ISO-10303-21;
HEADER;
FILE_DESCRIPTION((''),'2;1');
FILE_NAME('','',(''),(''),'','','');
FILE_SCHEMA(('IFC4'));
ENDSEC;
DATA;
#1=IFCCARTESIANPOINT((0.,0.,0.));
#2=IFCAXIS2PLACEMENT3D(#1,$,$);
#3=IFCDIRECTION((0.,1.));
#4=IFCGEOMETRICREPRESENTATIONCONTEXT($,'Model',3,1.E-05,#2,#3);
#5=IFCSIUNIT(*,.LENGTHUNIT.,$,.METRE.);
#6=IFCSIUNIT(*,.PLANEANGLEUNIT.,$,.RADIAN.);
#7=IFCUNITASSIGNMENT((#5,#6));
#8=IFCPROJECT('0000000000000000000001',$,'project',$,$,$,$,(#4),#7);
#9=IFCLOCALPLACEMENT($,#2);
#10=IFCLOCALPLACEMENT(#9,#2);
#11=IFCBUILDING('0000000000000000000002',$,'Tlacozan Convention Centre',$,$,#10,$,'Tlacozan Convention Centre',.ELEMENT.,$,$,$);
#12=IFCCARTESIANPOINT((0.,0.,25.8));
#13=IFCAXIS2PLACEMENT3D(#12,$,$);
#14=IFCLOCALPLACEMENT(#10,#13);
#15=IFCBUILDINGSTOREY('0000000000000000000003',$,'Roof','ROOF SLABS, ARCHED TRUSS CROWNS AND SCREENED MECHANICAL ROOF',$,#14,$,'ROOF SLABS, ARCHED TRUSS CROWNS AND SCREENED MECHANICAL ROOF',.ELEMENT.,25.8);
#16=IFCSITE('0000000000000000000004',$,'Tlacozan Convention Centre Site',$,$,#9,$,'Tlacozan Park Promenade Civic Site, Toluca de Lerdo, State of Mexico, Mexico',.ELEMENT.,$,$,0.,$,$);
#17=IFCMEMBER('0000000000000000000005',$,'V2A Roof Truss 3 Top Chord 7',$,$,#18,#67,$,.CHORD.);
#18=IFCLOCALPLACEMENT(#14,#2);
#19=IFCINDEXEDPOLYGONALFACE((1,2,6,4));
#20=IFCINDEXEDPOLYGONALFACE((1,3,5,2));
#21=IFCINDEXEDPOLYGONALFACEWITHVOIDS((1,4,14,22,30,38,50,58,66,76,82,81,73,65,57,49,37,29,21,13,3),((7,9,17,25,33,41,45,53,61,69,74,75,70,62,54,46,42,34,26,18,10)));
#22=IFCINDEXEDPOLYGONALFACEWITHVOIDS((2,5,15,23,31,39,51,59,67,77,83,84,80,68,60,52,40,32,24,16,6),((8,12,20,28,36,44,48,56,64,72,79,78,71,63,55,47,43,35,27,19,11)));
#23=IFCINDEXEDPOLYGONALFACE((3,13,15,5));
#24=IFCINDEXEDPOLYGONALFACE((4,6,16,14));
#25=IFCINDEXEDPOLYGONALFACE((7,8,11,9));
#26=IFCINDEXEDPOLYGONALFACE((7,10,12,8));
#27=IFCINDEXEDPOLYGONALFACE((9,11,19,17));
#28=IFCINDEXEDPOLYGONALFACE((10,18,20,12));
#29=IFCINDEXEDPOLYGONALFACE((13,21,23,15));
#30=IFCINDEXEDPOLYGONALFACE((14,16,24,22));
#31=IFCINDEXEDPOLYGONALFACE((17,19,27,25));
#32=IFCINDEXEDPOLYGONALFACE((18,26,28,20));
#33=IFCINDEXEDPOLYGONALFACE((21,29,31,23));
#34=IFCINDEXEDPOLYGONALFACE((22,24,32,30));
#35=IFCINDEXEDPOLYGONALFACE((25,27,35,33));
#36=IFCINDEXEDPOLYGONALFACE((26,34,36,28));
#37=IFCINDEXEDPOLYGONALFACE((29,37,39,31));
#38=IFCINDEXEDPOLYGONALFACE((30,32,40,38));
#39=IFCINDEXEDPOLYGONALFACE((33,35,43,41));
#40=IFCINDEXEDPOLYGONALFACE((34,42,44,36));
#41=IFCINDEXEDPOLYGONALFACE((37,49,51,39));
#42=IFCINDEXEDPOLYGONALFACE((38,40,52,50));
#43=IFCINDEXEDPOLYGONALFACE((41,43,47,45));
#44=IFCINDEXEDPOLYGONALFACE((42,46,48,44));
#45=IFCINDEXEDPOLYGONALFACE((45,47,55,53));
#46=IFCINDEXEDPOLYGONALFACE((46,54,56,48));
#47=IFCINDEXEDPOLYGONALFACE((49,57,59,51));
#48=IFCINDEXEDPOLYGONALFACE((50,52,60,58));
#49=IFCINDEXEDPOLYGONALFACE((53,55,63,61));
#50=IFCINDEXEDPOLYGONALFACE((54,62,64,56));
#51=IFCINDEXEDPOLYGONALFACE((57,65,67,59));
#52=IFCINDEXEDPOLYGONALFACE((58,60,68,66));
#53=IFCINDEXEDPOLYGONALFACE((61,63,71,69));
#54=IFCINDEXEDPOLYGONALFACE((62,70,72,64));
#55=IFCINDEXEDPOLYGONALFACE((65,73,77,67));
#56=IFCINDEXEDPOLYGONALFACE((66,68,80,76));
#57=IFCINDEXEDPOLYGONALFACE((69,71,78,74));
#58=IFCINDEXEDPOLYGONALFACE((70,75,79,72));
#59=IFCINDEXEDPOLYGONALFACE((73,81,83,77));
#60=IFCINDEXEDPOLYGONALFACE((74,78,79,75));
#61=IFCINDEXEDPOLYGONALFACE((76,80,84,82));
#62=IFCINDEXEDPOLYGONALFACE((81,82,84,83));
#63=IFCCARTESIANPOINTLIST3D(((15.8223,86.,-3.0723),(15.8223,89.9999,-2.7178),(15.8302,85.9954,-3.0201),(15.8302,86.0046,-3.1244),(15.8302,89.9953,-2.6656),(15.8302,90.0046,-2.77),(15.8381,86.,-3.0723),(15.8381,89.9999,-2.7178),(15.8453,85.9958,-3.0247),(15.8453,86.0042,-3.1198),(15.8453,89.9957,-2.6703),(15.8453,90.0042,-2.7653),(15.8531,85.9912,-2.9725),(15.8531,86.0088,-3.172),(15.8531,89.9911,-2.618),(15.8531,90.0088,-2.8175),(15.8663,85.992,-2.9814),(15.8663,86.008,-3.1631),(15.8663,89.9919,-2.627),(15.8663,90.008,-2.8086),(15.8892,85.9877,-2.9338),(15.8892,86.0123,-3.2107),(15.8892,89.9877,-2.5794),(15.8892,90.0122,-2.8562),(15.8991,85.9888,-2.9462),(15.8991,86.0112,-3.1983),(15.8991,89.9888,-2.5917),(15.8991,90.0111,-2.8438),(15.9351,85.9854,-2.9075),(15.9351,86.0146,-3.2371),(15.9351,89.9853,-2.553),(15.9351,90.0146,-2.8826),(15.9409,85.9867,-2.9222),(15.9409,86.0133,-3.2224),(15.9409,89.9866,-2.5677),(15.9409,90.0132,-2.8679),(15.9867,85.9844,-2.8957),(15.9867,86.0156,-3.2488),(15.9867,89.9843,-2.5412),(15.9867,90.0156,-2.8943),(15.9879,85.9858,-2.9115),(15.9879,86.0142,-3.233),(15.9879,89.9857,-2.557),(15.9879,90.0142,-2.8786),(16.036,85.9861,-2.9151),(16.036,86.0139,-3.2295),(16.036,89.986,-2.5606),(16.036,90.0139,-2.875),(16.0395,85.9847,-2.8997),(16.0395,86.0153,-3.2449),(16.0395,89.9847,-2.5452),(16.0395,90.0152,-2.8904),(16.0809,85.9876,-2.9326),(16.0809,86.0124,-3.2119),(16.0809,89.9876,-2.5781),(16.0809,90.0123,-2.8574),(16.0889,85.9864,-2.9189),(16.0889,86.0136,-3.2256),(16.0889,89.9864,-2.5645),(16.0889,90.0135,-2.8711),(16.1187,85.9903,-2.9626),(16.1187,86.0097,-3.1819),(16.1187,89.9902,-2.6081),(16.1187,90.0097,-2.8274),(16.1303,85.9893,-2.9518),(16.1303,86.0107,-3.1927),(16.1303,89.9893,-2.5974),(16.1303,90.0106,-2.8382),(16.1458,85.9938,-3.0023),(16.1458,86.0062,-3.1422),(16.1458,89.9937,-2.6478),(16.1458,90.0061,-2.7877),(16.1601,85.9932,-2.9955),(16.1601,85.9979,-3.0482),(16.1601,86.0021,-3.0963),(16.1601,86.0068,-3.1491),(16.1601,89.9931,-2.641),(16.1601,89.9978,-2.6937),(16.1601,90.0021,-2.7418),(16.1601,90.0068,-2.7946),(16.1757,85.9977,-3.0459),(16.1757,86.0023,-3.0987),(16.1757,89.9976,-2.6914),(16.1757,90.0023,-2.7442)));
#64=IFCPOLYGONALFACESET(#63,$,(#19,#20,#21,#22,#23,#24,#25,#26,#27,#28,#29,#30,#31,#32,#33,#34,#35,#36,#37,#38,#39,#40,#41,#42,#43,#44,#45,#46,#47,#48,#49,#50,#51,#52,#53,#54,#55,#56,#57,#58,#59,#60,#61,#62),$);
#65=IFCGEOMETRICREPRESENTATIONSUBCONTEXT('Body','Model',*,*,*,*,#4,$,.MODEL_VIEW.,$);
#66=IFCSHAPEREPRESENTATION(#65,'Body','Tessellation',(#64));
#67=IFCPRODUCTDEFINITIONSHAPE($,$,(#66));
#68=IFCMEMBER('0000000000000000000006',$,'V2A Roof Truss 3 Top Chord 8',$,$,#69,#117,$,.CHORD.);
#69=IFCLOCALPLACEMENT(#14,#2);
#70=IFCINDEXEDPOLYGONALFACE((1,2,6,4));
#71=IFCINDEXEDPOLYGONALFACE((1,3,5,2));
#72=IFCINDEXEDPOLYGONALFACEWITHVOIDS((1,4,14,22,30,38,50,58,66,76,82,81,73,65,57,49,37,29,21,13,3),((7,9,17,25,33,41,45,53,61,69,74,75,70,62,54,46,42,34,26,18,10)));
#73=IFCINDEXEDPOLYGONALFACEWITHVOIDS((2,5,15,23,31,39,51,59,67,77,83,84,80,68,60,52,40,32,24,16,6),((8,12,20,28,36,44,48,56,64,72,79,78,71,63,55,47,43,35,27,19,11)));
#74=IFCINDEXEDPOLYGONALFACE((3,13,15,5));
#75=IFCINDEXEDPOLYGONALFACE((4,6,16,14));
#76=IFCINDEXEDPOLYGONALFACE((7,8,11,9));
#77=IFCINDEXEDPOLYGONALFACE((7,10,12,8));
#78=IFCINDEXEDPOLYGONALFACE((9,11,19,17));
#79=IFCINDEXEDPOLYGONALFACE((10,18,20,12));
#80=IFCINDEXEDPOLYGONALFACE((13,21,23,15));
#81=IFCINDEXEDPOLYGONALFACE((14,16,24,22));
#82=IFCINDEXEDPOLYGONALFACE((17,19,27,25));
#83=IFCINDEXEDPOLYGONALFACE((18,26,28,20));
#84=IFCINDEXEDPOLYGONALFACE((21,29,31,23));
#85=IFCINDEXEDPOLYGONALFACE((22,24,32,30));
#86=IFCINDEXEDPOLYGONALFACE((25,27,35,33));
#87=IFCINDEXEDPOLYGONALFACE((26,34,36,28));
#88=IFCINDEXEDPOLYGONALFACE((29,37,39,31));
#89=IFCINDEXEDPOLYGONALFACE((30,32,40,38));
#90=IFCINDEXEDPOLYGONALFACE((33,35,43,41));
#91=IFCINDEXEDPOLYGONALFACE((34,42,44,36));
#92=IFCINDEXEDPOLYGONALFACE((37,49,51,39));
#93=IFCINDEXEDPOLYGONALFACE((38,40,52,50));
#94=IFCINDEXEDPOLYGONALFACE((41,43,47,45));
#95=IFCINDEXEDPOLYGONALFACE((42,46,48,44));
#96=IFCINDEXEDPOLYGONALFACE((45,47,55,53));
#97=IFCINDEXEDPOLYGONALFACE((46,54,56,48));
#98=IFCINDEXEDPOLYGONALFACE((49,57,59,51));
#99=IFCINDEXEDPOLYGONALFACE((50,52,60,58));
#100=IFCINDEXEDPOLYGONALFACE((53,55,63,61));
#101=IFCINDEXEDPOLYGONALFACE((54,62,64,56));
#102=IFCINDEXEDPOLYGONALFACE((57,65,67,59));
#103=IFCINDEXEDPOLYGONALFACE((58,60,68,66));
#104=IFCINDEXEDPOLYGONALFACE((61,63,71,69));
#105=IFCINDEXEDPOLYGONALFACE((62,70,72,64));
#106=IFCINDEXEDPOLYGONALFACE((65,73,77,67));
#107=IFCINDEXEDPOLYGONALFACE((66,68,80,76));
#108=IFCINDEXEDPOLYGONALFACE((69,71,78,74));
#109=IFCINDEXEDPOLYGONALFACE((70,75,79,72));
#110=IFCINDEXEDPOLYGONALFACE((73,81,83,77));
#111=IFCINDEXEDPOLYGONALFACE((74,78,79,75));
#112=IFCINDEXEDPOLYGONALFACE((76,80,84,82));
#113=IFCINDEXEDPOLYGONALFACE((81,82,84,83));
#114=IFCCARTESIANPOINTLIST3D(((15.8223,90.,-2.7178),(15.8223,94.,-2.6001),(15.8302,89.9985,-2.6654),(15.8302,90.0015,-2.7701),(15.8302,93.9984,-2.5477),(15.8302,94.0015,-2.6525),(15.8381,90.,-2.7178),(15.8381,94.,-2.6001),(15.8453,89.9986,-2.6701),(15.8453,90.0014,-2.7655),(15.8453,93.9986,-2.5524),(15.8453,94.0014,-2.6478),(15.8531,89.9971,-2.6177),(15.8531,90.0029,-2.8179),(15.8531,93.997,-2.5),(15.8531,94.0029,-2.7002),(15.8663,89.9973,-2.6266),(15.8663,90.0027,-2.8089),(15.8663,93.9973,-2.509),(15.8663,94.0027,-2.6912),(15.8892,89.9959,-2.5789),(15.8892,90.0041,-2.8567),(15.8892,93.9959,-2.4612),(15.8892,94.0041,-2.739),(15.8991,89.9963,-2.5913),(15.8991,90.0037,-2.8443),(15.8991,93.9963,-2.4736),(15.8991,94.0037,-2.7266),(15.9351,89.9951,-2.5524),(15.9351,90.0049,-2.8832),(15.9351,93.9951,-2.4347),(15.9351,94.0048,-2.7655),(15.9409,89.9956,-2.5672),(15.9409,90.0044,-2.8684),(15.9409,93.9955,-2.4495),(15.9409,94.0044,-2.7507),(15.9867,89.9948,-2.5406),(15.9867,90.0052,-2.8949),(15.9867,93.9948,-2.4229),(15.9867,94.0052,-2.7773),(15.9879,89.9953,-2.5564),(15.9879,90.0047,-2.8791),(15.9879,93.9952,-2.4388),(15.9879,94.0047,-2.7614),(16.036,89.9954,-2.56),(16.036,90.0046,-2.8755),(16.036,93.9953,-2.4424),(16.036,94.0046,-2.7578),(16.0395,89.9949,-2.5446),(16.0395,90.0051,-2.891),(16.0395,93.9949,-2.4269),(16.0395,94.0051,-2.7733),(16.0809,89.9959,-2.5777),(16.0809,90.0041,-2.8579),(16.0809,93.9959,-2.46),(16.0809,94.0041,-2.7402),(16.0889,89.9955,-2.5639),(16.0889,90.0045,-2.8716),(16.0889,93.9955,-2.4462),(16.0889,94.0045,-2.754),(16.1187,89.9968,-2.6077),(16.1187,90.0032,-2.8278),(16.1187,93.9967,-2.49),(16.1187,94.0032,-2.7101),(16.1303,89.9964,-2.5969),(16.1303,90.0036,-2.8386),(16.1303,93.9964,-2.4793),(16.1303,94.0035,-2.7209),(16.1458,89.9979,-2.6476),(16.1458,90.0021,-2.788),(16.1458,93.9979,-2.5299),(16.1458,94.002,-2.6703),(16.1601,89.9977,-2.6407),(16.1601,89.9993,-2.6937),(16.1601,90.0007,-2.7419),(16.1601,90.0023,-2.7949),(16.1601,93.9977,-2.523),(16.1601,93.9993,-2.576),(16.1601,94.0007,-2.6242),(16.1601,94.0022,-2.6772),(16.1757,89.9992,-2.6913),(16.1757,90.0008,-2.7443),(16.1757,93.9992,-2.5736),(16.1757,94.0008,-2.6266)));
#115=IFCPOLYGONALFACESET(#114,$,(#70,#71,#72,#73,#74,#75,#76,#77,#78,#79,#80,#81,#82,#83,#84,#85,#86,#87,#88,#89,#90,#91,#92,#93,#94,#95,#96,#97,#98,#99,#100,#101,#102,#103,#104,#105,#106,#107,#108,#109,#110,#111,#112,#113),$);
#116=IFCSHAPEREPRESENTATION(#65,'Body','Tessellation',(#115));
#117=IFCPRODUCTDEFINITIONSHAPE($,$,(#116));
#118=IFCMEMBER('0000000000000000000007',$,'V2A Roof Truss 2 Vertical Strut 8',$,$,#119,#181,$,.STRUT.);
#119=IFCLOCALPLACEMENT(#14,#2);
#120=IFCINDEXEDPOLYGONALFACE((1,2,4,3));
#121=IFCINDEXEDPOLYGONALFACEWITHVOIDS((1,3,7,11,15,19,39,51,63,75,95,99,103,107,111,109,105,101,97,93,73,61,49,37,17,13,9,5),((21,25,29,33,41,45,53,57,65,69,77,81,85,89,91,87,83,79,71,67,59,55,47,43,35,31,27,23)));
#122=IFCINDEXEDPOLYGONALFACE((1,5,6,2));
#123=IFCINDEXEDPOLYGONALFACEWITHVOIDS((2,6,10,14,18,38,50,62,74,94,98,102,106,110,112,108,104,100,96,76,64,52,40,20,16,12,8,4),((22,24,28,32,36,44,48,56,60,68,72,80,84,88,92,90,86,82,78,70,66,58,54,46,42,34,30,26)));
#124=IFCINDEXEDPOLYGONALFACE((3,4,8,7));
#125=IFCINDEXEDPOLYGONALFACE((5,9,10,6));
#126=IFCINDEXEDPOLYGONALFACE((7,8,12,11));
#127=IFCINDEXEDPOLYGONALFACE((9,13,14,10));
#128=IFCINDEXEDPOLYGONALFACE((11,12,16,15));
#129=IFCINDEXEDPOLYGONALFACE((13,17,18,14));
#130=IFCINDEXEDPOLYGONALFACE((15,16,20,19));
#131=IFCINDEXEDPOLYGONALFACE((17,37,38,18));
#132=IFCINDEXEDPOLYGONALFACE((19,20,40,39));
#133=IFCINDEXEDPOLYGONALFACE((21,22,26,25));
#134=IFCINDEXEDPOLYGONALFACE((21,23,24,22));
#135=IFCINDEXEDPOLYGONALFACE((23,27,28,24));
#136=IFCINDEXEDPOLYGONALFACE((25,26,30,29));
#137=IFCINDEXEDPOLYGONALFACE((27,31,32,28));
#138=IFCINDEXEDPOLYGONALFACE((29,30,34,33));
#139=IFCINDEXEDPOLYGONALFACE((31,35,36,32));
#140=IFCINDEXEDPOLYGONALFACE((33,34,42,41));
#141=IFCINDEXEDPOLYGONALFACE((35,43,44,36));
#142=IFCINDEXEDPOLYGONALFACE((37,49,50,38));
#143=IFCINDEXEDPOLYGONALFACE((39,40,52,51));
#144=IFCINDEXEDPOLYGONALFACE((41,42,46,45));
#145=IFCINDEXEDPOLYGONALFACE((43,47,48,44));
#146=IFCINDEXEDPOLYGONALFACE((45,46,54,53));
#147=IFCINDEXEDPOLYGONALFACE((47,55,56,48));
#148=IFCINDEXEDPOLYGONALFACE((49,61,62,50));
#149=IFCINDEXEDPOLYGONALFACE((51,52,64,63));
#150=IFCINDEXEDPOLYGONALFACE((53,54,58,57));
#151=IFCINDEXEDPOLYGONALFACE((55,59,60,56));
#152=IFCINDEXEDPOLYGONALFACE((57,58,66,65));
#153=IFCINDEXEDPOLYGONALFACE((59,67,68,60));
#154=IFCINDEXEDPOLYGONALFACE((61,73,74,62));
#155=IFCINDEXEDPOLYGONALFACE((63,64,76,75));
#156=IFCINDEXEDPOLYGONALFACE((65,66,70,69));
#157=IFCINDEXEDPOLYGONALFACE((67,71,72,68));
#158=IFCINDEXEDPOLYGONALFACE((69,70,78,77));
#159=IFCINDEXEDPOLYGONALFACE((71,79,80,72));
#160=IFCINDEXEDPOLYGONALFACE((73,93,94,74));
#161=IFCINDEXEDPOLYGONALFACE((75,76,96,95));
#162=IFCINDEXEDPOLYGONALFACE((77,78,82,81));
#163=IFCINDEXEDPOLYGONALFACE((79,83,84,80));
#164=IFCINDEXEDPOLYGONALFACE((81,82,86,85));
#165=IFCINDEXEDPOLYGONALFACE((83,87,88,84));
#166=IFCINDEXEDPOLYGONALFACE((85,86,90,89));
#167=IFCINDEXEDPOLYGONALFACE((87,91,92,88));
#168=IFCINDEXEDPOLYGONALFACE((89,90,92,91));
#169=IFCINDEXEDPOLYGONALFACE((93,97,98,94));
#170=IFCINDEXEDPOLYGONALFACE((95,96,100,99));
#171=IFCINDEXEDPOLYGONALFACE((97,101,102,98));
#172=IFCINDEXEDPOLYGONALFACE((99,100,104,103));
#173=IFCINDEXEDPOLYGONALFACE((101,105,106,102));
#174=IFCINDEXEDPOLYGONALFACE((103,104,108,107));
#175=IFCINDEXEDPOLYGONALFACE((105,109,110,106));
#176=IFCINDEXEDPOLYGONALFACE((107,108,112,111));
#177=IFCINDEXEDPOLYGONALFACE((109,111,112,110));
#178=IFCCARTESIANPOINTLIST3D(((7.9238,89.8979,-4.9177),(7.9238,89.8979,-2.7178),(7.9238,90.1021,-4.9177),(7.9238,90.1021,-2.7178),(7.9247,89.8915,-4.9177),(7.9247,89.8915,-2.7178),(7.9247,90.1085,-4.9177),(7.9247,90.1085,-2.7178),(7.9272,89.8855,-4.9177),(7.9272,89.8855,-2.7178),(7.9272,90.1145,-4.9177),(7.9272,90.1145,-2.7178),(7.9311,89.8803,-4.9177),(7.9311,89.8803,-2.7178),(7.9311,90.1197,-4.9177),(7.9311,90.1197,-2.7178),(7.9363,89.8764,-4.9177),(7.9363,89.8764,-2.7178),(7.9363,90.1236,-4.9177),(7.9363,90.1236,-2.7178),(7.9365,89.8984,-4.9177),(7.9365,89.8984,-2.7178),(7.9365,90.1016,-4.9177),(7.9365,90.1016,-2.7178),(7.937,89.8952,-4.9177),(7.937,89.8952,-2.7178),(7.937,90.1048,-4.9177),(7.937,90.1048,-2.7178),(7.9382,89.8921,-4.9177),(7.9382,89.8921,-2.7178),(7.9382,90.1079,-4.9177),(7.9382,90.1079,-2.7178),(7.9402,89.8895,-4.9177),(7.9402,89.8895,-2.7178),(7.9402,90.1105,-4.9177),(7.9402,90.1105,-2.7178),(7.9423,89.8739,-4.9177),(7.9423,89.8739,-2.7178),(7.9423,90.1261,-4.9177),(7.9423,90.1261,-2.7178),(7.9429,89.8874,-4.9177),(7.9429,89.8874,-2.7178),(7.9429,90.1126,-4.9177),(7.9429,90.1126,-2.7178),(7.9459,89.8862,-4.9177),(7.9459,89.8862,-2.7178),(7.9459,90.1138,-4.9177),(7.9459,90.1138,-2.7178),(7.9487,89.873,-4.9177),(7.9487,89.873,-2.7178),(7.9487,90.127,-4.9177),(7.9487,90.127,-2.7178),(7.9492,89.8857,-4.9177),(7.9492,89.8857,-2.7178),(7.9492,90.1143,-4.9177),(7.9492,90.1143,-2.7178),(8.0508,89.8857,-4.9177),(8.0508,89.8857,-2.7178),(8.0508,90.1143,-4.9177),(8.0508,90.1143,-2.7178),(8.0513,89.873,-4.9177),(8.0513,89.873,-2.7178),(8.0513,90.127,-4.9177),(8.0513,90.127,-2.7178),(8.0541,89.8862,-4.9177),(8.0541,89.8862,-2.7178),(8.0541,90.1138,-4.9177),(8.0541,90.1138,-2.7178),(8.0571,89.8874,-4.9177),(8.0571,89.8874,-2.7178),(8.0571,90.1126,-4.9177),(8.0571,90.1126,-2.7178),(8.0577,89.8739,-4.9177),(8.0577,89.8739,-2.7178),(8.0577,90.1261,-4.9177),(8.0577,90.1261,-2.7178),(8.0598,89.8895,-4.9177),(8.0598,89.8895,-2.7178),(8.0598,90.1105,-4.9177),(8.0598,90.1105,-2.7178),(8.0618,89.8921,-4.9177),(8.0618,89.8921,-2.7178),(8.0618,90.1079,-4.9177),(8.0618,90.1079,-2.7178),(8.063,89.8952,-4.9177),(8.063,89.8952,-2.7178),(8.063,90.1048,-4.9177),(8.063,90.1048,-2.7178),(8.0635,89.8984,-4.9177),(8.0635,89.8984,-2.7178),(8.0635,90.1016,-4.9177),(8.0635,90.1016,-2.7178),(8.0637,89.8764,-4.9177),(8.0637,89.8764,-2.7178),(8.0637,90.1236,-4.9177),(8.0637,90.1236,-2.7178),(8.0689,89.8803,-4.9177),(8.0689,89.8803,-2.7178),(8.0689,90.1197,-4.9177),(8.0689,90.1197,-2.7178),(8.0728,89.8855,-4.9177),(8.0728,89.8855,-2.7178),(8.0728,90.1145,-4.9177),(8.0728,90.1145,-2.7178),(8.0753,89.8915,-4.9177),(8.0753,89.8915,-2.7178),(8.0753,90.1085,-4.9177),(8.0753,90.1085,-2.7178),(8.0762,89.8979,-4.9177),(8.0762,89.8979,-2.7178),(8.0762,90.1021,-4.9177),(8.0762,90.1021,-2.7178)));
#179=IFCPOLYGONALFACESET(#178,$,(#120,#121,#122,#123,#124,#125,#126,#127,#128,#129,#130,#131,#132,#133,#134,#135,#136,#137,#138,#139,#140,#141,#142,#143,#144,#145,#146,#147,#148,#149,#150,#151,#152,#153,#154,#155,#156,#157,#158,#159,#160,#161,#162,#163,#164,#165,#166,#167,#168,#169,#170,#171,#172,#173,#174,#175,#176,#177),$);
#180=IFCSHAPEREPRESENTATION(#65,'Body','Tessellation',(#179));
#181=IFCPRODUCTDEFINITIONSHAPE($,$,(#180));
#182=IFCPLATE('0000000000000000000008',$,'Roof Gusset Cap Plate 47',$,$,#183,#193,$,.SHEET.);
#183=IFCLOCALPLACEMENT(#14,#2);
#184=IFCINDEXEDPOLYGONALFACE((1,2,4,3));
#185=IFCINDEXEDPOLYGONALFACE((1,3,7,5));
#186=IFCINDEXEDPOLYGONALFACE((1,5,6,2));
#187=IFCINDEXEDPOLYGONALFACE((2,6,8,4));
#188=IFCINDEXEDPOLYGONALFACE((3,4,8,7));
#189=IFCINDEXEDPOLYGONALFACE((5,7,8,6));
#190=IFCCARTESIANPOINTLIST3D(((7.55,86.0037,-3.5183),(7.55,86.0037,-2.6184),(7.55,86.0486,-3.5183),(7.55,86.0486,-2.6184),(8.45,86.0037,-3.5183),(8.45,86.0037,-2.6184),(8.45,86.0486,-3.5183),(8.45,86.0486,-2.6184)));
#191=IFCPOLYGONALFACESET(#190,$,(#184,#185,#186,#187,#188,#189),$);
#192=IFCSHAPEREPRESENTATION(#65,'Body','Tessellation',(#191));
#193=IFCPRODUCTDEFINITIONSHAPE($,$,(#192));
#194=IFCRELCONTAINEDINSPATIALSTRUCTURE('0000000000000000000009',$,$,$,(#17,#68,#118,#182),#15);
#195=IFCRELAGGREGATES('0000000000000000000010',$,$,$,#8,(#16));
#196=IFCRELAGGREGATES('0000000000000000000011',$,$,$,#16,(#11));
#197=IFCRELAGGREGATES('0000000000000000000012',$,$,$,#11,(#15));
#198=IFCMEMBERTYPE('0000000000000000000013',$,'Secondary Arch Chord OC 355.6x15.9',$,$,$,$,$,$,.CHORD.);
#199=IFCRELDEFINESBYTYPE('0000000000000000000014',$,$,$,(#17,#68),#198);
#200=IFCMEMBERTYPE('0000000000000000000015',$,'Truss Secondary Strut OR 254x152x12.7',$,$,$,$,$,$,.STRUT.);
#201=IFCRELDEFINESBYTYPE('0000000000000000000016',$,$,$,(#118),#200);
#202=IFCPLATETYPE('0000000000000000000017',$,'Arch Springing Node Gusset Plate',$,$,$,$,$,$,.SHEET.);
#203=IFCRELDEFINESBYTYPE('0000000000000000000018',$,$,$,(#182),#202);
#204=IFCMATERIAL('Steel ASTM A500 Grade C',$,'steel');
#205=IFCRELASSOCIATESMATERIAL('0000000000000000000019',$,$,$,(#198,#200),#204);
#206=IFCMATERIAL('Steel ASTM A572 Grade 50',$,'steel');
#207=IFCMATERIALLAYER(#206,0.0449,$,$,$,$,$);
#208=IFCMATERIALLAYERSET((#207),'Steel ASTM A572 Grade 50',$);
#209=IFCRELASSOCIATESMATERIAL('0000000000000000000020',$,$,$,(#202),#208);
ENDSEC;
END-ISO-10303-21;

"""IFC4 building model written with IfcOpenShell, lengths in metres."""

from ifc_helpers import new_model, si_unit, direction, frame, origin, origin_2d, place, context, subcontext, project, spatial, rectangle, hollow_rectangle, hollow_circle, extrude, material, layer, layer_set, material_profile, profile_set, type_object, element, save


model = new_model("IFC4")

# Units and contexts
model_context = context("Model", 3, precision=1e-05, world=origin(), true_north=direction((0.0, 1.0)))
body_context = subcontext(model_context, "Body", "Model", "MODEL_VIEW")
ifc_project = project(units=[si_unit("LENGTHUNIT", "METRE"), si_unit("PLANEANGLEUNIT", "RADIAN")], contexts=[model_context])

# Site, building, storey
site_placement = place(None, origin())
site = spatial("IfcSite", under=ifc_project, at=site_placement, Name="Tlacozan Convention Centre Site", LongName="Tlacozan Park Promenade Civic Site, Toluca de Lerdo, State of Mexico, Mexico", CompositionType="ELEMENT", RefElevation=0.0)
building_placement = place(site_placement, origin())
building = spatial("IfcBuilding", under=site, at=building_placement, Name="Tlacozan Convention Centre", LongName="Tlacozan Convention Centre", CompositionType="ELEMENT")
storey_placement = place(building_placement, frame((0.0, 0.0, 25.8)))
storey = spatial("IfcBuildingStorey", under=building, at=storey_placement, Name="Roof", Description="ROOF SLABS, ARCHED TRUSS CROWNS AND SCREENED MECHANICAL ROOF", LongName="ROOF SLABS, ARCHED TRUSS CROWNS AND SCREENED MECHANICAL ROOF", CompositionType="ELEMENT", Elevation=25.8)

# Members
ifc_material_1 = material(Name="Steel ASTM A500 Grade C", Category="steel")
ifc_material_profile_1 = material_profile(ifc_material_1, hollow_circle(Radius=0.1777, WallThickness=0.0159, at=origin_2d()), Name="OC 355.6x15.9")
ifc_profile_set_1 = profile_set([ifc_material_profile_1], Name="Steel ASTM A500 Grade C")
member_type_1 = type_object("IfcMemberType", Name="Secondary Arch Chord OC 355.6x15.9", PredefinedType="CHORD", material=ifc_profile_set_1)
member_1_placement = place(storey_placement, frame((16.0, 86.0, -3.0723), z_axis=(0.0, 0.996096, 0.088277), x_axis=(-1.0, 0.0, 0.0)))
element("IfcMember", 1, at=member_1_placement, inside=storey, type_object=member_type_1, Name="V2A Roof Truss 3 Top Chord 7", PredefinedType="CHORD", context=body_context, shape_type="SweptSolid", body=[
    extrude(hollow_circle(Radius=0.1777, WallThickness=0.0159, at=origin_2d()), origin(), (0.0, 0.0, 1.0), 4.0156),
])
member_2_placement = place(storey_placement, frame((16.0, 90.0, -2.7178), z_axis=(0.0, 0.999568, 0.029406), x_axis=(-1.0, 0.0, 0.0)))
element("IfcMember", 2, at=member_2_placement, inside=storey, type_object=member_type_1, Name="V2A Roof Truss 3 Top Chord 8", PredefinedType="CHORD", context=body_context, shape_type="SweptSolid", body=[
    extrude(hollow_circle(Radius=0.1777, WallThickness=0.0159, at=origin_2d()), origin(), (0.0, 0.0, 1.0), 4.0017),
])
ifc_material_profile_2 = material_profile(ifc_material_1, hollow_rectangle(XDim=0.1523, YDim=0.2539, WallThickness=0.0127, InnerFilletRadius=0.0127, OuterFilletRadius=0.0249, at=origin_2d()), Name="OR 254x152x12.7")
ifc_profile_set_2 = profile_set([ifc_material_profile_2], Name="Steel ASTM A500 Grade C")
member_type_2 = type_object("IfcMemberType", Name="Truss Secondary Strut OR 254x152x12.7", PredefinedType="STRUT", material=ifc_profile_set_2)
member_3_placement = place(storey_placement, frame((8.0, 90.0, -4.9177), z_axis=(0.0, 0.0, 1.0), x_axis=(1.0, 0.0, 0.0)))
element("IfcMember", 3, at=member_3_placement, inside=storey, type_object=member_type_2, Name="V2A Roof Truss 2 Vertical Strut 8", PredefinedType="STRUT", context=body_context, shape_type="SweptSolid", body=[
    extrude(hollow_rectangle(XDim=0.1523, YDim=0.2539, WallThickness=0.0127, InnerFilletRadius=0.0127, OuterFilletRadius=0.0249, at=origin_2d()), origin(), (0.0, 0.0, 1.0), 2.2),
])

# Plate
ifc_material_2 = material(Name="Steel ASTM A572 Grade 50", Category="steel")
ifc_layer = layer(ifc_material_2, 0.0449)
ifc_layer_set = layer_set([ifc_layer], Name="Steel ASTM A572 Grade 50")
plate_type = type_object("IfcPlateType", Name="Arch Springing Node Gusset Plate", PredefinedType="SHEET", material=ifc_layer_set)
for number, where, z_axis, x_axis, name in (
    (4, (8.0, 86.0261, -3.5183), (0.0, 0.0, 1.0), (0.0, 1.0, 0.0), "Roof Gusset Cap Plate 47"),
):
    element("IfcPlate", number, at=place(storey_placement, frame(where, z_axis=z_axis, x_axis=x_axis)), inside=storey, type_object=plate_type, Name=name, PredefinedType="SHEET", context=body_context, shape_type="SweptSolid", body=[
        extrude(rectangle(XDim=0.0449, YDim=0.8999, at=origin_2d()), origin(), (0.0, 0.0, 1.0), 0.8999),
    ])

save(model, "model.ifc")
